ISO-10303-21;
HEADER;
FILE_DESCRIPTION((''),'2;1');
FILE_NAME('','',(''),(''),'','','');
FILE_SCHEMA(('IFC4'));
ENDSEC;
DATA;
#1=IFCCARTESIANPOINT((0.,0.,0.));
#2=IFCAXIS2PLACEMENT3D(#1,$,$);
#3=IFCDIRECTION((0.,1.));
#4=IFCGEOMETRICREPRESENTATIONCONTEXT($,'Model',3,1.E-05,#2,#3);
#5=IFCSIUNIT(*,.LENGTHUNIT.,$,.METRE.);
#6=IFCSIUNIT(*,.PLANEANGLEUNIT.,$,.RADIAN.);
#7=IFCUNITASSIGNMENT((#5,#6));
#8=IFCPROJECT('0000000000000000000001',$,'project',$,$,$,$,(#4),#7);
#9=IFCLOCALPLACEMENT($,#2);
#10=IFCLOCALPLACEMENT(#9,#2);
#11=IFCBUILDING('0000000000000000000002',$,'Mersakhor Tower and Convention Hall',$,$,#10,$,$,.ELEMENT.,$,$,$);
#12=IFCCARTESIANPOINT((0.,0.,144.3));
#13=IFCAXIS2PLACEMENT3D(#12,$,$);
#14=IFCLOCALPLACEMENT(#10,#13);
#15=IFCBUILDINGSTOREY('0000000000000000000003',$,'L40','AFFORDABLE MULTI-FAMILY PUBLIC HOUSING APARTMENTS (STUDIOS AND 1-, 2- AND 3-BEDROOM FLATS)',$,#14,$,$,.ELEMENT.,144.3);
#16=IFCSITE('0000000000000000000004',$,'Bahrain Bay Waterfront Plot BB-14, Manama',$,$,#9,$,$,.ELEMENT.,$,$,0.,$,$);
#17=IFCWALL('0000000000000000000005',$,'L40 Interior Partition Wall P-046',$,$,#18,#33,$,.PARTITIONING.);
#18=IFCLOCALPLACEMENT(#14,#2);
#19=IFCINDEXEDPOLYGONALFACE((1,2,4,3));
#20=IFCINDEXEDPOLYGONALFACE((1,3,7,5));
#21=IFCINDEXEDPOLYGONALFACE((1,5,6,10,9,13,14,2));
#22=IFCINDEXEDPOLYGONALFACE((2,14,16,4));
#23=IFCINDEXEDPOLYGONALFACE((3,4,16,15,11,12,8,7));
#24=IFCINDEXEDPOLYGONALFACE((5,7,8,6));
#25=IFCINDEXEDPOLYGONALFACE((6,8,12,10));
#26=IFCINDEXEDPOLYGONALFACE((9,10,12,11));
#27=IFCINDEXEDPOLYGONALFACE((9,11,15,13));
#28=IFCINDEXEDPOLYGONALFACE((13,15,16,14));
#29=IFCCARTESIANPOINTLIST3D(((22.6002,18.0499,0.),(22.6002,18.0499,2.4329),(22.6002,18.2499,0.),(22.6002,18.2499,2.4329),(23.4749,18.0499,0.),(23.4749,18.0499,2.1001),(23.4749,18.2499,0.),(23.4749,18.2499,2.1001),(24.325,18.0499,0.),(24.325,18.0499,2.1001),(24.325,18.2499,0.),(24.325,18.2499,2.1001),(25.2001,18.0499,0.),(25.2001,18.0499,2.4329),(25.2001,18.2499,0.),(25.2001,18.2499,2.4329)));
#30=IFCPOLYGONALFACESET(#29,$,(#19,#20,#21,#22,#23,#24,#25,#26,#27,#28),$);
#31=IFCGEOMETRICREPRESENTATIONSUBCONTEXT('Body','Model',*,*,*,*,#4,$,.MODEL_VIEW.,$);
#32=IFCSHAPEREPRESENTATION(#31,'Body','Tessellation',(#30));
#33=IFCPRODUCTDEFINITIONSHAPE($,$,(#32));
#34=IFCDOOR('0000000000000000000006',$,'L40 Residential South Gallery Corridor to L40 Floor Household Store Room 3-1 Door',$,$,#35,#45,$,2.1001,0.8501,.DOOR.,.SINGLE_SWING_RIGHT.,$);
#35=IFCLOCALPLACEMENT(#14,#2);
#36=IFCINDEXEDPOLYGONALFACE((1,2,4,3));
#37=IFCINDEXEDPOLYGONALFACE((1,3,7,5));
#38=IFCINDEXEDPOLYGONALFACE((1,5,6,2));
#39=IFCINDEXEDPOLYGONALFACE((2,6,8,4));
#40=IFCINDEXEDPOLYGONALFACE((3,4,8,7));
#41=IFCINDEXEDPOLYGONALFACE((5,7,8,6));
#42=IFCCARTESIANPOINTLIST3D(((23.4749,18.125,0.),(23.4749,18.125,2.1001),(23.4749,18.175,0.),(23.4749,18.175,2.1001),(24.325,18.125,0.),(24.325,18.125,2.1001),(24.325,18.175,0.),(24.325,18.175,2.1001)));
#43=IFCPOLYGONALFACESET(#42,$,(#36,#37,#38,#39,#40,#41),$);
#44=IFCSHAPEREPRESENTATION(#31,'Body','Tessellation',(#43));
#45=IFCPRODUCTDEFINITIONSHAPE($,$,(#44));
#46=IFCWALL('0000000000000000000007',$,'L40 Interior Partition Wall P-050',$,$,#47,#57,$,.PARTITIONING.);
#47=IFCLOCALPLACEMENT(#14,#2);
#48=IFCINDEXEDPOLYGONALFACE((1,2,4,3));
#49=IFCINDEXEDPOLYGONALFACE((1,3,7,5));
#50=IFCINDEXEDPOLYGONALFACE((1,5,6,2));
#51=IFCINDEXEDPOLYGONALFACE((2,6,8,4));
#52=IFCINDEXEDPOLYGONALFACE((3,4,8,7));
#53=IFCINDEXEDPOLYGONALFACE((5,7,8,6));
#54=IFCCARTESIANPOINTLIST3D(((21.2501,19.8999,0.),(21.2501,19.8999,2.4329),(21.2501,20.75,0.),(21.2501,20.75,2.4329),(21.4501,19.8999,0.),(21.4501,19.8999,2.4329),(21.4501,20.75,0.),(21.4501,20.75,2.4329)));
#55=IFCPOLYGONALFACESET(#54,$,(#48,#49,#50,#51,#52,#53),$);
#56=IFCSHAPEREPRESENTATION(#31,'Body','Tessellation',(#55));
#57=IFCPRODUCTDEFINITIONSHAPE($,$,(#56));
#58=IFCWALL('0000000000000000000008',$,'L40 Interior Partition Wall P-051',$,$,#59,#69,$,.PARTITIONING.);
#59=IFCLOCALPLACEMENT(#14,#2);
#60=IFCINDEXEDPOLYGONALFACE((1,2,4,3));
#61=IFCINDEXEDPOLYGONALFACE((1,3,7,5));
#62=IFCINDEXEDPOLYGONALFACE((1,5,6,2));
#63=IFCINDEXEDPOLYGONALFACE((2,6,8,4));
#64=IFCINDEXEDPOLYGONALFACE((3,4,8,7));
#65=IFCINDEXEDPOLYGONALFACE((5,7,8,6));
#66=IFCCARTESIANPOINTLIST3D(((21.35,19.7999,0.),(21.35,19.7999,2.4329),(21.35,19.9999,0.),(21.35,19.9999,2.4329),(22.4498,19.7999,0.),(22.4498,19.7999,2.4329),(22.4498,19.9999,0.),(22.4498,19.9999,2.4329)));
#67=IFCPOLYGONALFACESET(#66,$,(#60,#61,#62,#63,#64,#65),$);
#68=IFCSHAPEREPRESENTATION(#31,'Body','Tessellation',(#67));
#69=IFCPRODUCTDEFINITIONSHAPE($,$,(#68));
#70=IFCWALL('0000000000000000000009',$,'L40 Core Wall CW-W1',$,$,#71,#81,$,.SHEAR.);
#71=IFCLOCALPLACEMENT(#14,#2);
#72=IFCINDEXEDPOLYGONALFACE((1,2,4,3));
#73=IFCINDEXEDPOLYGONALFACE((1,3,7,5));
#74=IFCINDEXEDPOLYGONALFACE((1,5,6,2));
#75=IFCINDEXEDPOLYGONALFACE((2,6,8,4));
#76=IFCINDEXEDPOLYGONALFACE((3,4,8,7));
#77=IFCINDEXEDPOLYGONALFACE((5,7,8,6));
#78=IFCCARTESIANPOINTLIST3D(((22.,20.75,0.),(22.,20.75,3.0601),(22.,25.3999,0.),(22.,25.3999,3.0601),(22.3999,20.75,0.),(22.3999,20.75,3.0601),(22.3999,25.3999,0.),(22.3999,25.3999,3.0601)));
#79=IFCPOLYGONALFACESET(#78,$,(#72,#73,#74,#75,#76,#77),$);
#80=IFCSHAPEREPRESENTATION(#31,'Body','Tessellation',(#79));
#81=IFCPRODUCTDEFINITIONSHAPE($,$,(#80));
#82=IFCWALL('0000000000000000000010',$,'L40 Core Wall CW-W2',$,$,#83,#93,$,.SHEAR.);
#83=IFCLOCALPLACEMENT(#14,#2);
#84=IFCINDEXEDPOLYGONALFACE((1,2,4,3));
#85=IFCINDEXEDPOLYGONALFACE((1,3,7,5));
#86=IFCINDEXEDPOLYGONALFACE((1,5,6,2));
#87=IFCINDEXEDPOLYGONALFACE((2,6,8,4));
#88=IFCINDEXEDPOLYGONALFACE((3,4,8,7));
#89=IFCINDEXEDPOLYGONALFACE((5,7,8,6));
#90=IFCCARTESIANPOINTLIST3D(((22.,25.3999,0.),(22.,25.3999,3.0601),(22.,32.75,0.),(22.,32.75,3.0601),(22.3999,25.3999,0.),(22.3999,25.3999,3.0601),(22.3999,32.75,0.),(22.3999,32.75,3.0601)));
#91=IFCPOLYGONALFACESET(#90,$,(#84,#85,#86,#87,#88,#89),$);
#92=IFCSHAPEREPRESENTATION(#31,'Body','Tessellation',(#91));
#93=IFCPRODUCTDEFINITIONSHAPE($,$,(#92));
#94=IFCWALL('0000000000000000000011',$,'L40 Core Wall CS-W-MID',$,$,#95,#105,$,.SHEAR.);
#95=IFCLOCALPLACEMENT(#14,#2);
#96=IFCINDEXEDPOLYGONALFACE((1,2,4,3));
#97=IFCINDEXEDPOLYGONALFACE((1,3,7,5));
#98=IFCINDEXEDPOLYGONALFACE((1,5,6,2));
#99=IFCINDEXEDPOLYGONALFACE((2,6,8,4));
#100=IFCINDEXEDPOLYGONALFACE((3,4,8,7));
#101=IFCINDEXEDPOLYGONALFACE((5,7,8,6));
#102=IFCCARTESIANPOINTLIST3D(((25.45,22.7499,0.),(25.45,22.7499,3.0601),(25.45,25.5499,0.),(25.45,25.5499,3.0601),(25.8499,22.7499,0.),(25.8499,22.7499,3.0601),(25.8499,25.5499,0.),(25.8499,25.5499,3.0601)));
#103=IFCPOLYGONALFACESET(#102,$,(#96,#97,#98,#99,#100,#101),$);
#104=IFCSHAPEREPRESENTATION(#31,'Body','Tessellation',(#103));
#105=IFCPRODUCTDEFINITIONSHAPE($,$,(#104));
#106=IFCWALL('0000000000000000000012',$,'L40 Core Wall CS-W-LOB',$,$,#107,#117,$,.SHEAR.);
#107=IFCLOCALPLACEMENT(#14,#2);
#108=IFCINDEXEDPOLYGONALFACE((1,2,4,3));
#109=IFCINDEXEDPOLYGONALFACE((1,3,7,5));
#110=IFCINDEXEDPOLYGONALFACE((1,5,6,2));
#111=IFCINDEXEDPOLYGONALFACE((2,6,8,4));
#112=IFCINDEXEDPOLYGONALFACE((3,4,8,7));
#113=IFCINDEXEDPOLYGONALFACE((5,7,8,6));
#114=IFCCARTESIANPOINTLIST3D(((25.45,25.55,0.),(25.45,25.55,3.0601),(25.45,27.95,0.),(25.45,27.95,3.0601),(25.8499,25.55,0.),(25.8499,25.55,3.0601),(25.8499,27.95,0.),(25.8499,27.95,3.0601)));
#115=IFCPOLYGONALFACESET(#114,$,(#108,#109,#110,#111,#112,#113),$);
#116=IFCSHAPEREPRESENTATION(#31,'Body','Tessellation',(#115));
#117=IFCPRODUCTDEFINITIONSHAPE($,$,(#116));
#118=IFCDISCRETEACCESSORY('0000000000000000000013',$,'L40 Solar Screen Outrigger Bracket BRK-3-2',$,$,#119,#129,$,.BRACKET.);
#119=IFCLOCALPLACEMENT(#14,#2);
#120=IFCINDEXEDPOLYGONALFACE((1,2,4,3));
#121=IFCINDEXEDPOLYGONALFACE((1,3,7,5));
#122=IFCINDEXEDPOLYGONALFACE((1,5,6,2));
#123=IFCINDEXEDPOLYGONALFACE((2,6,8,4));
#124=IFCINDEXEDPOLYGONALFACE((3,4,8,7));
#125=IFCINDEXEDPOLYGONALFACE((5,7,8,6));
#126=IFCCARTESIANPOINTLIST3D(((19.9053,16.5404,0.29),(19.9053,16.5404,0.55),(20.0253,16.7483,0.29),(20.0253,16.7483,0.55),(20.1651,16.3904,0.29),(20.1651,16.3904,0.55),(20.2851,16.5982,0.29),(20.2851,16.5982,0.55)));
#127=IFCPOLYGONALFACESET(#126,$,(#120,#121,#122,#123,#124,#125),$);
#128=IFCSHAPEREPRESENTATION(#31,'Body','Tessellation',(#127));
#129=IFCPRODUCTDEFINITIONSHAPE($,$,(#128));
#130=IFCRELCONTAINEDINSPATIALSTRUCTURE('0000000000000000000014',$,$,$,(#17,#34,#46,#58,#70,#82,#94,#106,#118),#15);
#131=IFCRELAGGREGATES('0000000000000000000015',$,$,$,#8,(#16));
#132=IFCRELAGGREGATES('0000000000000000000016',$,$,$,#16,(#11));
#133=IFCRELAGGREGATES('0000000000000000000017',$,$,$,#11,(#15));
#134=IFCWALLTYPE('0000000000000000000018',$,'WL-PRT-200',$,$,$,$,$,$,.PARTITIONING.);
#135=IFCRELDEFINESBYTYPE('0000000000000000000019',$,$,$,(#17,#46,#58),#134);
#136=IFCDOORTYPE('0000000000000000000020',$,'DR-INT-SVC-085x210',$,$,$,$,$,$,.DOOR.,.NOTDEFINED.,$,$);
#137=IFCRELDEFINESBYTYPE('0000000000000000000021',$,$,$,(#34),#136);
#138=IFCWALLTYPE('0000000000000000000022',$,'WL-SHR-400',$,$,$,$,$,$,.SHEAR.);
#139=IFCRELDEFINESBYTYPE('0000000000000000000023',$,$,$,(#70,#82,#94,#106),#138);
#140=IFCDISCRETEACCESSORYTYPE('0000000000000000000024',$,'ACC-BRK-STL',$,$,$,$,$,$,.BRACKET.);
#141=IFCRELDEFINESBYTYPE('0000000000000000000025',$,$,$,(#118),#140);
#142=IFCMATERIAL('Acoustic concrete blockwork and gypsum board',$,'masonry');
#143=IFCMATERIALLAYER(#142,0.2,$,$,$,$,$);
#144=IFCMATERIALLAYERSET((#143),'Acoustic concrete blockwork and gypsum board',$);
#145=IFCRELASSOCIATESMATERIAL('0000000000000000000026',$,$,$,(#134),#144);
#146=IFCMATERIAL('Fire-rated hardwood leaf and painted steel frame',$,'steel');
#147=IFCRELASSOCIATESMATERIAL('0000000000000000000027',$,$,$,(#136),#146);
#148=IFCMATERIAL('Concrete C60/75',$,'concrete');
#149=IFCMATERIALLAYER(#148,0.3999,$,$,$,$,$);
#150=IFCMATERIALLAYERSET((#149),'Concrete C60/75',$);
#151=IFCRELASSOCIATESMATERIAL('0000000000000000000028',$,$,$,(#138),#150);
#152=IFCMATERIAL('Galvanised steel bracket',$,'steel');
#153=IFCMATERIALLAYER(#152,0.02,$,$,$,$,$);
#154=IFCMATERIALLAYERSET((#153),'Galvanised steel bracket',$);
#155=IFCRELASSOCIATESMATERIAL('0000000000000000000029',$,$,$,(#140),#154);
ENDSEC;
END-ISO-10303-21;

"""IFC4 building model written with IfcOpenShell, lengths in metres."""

from ifc_helpers import new_model, si_unit, direction, frame, frame_2d, origin, origin_2d, place, context, subcontext, project, spatial, rectangle, extrude, material, layer, layer_set, type_object, element, fill, save


model = new_model("IFC4")

# Units and contexts
model_context = context("Model", 3, precision=1e-05, world=origin(), true_north=direction((0.0, 1.0)))
body_context = subcontext(model_context, "Body", "Model", "MODEL_VIEW")
ifc_project = project(units=[si_unit("LENGTHUNIT", "METRE"), si_unit("PLANEANGLEUNIT", "RADIAN")], contexts=[model_context])

# Site, building, storey
site_placement = place(None, origin())
site = spatial("IfcSite", under=ifc_project, at=site_placement, Name="Bahrain Bay Waterfront Plot BB-14, Manama", CompositionType="ELEMENT", RefElevation=0.0)
building_placement = place(site_placement, origin())
building = spatial("IfcBuilding", under=site, at=building_placement, Name="Mersakhor Tower and Convention Hall", CompositionType="ELEMENT")
storey_placement = place(building_placement, frame((0.0, 0.0, 144.3)))
storey = spatial("IfcBuildingStorey", under=building, at=storey_placement, Name="L40", Description="AFFORDABLE MULTI-FAMILY PUBLIC HOUSING APARTMENTS (STUDIOS AND 1-, 2- AND 3-BEDROOM FLATS)", CompositionType="ELEMENT", Elevation=144.3)

# Shared definitions
ifc_material_1 = material(Name="Acoustic concrete blockwork and gypsum board", Category="masonry")
ifc_layer_1 = layer(ifc_material_1, 0.2)
ifc_layer_set_1 = layer_set([ifc_layer_1], Name="Acoustic concrete blockwork and gypsum board")
wall_type_1 = type_object("IfcWallType", Name="WL-PRT-200", PredefinedType="PARTITIONING", material=ifc_layer_set_1)

# Wall, opening, door
wall_1_placement = place(storey_placement, frame((25.2, 18.1499, 0.0), z_axis=(0.0, 0.0, 1.0), x_axis=(-1.0, 0.0, 0.0)))
wall_1 = element("IfcWall", 1, at=wall_1_placement, inside=storey, type_object=wall_type_1, Name="L40 Interior Partition Wall P-046", PredefinedType="PARTITIONING", context=body_context, shape_type="SweptSolid", body=[
    extrude(rectangle(XDim=2.5999, YDim=0.2, at=frame_2d((1.2998, 0.0))), origin(), (0.0, 0.0, 1.0), 2.4329),
])
opening_1_placement = place(wall_1_placement, frame((0.875, 0.0, 0.0)))
opening_1 = element("IfcOpeningElement", 2, at=opening_1_placement, cuts=wall_1, PredefinedType="OPENING", context=body_context, shape_type="SweptSolid", body=[
    extrude(rectangle(XDim=0.8501, YDim=2.1001, at=frame_2d((0.425, 1.05))), frame((0.0, 0.1099, 0.0), z_axis=(0.0, -1.0, 0.0), x_axis=(1.0, 0.0, 0.0)), (0.0, 0.0, 1.0), 0.22),
])
ifc_material_2 = material(Name="Fire-rated hardwood leaf and painted steel frame", Category="steel")
door_type_1 = type_object("IfcDoorType", Name="DR-INT-SVC-085x210", OperationType="NOTDEFINED", PredefinedType="DOOR", material=ifc_material_2)
door_1_placement = place(opening_1_placement, origin())
door_1 = element("IfcDoor", 3, at=door_1_placement, inside=storey, type_object=door_type_1, Name="L40 Residential South Gallery Corridor to L40 Floor Household Store Room 3-1 Door", OperationType="SINGLE_SWING_RIGHT", OverallHeight=2.1001, OverallWidth=0.8501, PredefinedType="DOOR", context=body_context, shape_type="SweptSolid", body=[
    extrude(rectangle(XDim=0.8501, YDim=2.1001, at=frame_2d((0.425, 1.05))), frame((0.0, 0.0249, 0.0), z_axis=(0.0, -1.0, 0.0), x_axis=(1.0, 0.0, 0.0)), (0.0, 0.0, 1.0), 0.05),
])
fill(opening_1, door_1)

# Walls
wall_2_placement = place(storey_placement, frame((21.3501, 20.75, 0.0), z_axis=(0.0, 0.0, 1.0), x_axis=(0.0, -1.0, 0.0)))
element("IfcWall", 4, at=wall_2_placement, inside=storey, type_object=wall_type_1, Name="L40 Interior Partition Wall P-050", PredefinedType="PARTITIONING", context=body_context, shape_type="SweptSolid", body=[
    extrude(rectangle(XDim=0.8501, YDim=0.2, at=frame_2d((0.425, 0.0))), origin(), (0.0, 0.0, 1.0), 2.4329),
])
wall_3_placement = place(storey_placement, frame((21.3501, 19.8999, 0.0), z_axis=(0.0, 0.0, 1.0), x_axis=(1.0, 0.0, 0.0)))
element("IfcWall", 5, at=wall_3_placement, inside=storey, type_object=wall_type_1, Name="L40 Interior Partition Wall P-051", PredefinedType="PARTITIONING", context=body_context, shape_type="SweptSolid", body=[
    extrude(rectangle(XDim=1.0999, YDim=0.2, at=frame_2d((0.5498, 0.0))), origin(), (0.0, 0.0, 1.0), 2.4329),
])

# Walls
ifc_material_3 = material(Name="Concrete C60/75", Category="concrete")
ifc_layer_2 = layer(ifc_material_3, 0.3999)
ifc_layer_set_2 = layer_set([ifc_layer_2], Name="Concrete C60/75")
wall_type_2 = type_object("IfcWallType", Name="WL-SHR-400", PredefinedType="SHEAR", material=ifc_layer_set_2)
wall_4_placement = place(storey_placement, frame((22.2, 20.75, 0.0), z_axis=(0.0, 0.0, 1.0), x_axis=(0.0, 1.0, 0.0)))
element("IfcWall", 6, at=wall_4_placement, inside=storey, type_object=wall_type_2, Name="L40 Core Wall CW-W1", PredefinedType="SHEAR", context=body_context, shape_type="SweptSolid", body=[
    extrude(rectangle(XDim=4.6499, YDim=0.3999, at=frame_2d((2.325, 0.0))), origin(), (0.0, 0.0, 1.0), 3.0601),
])
wall_5_placement = place(storey_placement, frame((22.2, 25.3999, 0.0), z_axis=(0.0, 0.0, 1.0), x_axis=(0.0, 1.0, 0.0)))
element("IfcWall", 7, at=wall_5_placement, inside=storey, type_object=wall_type_2, Name="L40 Core Wall CW-W2", PredefinedType="SHEAR", context=body_context, shape_type="SweptSolid", body=[
    extrude(rectangle(XDim=7.3501, YDim=0.3999, at=frame_2d((3.675, 0.0))), origin(), (0.0, 0.0, 1.0), 3.0601),
])

# Walls
wall_6_placement = place(storey_placement, frame((25.6499, 22.75, 0.0), z_axis=(0.0, 0.0, 1.0), x_axis=(0.0, 1.0, 0.0)))
element("IfcWall", 8, at=wall_6_placement, inside=storey, type_object=wall_type_2, Name="L40 Core Wall CS-W-MID", PredefinedType="SHEAR", context=body_context, shape_type="SweptSolid", body=[
    extrude(rectangle(XDim=2.8, YDim=0.3999, at=frame_2d((1.3999, 0.0))), origin(), (0.0, 0.0, 1.0), 3.0601),
])
wall_7_placement = place(storey_placement, frame((25.6499, 25.55, 0.0), z_axis=(0.0, 0.0, 1.0), x_axis=(0.0, 1.0, 0.0)))
element("IfcWall", 9, at=wall_7_placement, inside=storey, type_object=wall_type_2, Name="L40 Core Wall CS-W-LOB", PredefinedType="SHEAR", context=body_context, shape_type="SweptSolid", body=[
    extrude(rectangle(XDim=2.3999, YDim=0.3999, at=frame_2d((1.2, 0.0))), origin(), (0.0, 0.0, 1.0), 3.0601),
])

# Discrete accessory
ifc_material_4 = material(Name="Galvanised steel bracket", Category="steel")
ifc_layer_3 = layer(ifc_material_4, 0.02)
ifc_layer_set_3 = layer_set([ifc_layer_3], Name="Galvanised steel bracket")
discrete_accessory_type = type_object("IfcDiscreteAccessoryType", Name="ACC-BRK-STL", PredefinedType="BRACKET", material=ifc_layer_set_3)
discrete_accessory_placement = place(storey_placement, frame((20.0952, 16.5693, 0.29), z_axis=(0.0, 0.0, 1.0), x_axis=(-0.866025, 0.5, 0.0)))
element("IfcDiscreteAccessory", 10, at=discrete_accessory_placement, inside=storey, type_object=discrete_accessory_type, Name="L40 Solar Screen Outrigger Bracket BRK-3-2", PredefinedType="BRACKET", context=body_context, shape_type="SweptSolid", body=[
    extrude(rectangle(XDim=0.3, YDim=0.24, at=origin_2d()), origin(), (0.0, 0.0, 1.0), 0.26),
])

save(model, "model.ifc")
